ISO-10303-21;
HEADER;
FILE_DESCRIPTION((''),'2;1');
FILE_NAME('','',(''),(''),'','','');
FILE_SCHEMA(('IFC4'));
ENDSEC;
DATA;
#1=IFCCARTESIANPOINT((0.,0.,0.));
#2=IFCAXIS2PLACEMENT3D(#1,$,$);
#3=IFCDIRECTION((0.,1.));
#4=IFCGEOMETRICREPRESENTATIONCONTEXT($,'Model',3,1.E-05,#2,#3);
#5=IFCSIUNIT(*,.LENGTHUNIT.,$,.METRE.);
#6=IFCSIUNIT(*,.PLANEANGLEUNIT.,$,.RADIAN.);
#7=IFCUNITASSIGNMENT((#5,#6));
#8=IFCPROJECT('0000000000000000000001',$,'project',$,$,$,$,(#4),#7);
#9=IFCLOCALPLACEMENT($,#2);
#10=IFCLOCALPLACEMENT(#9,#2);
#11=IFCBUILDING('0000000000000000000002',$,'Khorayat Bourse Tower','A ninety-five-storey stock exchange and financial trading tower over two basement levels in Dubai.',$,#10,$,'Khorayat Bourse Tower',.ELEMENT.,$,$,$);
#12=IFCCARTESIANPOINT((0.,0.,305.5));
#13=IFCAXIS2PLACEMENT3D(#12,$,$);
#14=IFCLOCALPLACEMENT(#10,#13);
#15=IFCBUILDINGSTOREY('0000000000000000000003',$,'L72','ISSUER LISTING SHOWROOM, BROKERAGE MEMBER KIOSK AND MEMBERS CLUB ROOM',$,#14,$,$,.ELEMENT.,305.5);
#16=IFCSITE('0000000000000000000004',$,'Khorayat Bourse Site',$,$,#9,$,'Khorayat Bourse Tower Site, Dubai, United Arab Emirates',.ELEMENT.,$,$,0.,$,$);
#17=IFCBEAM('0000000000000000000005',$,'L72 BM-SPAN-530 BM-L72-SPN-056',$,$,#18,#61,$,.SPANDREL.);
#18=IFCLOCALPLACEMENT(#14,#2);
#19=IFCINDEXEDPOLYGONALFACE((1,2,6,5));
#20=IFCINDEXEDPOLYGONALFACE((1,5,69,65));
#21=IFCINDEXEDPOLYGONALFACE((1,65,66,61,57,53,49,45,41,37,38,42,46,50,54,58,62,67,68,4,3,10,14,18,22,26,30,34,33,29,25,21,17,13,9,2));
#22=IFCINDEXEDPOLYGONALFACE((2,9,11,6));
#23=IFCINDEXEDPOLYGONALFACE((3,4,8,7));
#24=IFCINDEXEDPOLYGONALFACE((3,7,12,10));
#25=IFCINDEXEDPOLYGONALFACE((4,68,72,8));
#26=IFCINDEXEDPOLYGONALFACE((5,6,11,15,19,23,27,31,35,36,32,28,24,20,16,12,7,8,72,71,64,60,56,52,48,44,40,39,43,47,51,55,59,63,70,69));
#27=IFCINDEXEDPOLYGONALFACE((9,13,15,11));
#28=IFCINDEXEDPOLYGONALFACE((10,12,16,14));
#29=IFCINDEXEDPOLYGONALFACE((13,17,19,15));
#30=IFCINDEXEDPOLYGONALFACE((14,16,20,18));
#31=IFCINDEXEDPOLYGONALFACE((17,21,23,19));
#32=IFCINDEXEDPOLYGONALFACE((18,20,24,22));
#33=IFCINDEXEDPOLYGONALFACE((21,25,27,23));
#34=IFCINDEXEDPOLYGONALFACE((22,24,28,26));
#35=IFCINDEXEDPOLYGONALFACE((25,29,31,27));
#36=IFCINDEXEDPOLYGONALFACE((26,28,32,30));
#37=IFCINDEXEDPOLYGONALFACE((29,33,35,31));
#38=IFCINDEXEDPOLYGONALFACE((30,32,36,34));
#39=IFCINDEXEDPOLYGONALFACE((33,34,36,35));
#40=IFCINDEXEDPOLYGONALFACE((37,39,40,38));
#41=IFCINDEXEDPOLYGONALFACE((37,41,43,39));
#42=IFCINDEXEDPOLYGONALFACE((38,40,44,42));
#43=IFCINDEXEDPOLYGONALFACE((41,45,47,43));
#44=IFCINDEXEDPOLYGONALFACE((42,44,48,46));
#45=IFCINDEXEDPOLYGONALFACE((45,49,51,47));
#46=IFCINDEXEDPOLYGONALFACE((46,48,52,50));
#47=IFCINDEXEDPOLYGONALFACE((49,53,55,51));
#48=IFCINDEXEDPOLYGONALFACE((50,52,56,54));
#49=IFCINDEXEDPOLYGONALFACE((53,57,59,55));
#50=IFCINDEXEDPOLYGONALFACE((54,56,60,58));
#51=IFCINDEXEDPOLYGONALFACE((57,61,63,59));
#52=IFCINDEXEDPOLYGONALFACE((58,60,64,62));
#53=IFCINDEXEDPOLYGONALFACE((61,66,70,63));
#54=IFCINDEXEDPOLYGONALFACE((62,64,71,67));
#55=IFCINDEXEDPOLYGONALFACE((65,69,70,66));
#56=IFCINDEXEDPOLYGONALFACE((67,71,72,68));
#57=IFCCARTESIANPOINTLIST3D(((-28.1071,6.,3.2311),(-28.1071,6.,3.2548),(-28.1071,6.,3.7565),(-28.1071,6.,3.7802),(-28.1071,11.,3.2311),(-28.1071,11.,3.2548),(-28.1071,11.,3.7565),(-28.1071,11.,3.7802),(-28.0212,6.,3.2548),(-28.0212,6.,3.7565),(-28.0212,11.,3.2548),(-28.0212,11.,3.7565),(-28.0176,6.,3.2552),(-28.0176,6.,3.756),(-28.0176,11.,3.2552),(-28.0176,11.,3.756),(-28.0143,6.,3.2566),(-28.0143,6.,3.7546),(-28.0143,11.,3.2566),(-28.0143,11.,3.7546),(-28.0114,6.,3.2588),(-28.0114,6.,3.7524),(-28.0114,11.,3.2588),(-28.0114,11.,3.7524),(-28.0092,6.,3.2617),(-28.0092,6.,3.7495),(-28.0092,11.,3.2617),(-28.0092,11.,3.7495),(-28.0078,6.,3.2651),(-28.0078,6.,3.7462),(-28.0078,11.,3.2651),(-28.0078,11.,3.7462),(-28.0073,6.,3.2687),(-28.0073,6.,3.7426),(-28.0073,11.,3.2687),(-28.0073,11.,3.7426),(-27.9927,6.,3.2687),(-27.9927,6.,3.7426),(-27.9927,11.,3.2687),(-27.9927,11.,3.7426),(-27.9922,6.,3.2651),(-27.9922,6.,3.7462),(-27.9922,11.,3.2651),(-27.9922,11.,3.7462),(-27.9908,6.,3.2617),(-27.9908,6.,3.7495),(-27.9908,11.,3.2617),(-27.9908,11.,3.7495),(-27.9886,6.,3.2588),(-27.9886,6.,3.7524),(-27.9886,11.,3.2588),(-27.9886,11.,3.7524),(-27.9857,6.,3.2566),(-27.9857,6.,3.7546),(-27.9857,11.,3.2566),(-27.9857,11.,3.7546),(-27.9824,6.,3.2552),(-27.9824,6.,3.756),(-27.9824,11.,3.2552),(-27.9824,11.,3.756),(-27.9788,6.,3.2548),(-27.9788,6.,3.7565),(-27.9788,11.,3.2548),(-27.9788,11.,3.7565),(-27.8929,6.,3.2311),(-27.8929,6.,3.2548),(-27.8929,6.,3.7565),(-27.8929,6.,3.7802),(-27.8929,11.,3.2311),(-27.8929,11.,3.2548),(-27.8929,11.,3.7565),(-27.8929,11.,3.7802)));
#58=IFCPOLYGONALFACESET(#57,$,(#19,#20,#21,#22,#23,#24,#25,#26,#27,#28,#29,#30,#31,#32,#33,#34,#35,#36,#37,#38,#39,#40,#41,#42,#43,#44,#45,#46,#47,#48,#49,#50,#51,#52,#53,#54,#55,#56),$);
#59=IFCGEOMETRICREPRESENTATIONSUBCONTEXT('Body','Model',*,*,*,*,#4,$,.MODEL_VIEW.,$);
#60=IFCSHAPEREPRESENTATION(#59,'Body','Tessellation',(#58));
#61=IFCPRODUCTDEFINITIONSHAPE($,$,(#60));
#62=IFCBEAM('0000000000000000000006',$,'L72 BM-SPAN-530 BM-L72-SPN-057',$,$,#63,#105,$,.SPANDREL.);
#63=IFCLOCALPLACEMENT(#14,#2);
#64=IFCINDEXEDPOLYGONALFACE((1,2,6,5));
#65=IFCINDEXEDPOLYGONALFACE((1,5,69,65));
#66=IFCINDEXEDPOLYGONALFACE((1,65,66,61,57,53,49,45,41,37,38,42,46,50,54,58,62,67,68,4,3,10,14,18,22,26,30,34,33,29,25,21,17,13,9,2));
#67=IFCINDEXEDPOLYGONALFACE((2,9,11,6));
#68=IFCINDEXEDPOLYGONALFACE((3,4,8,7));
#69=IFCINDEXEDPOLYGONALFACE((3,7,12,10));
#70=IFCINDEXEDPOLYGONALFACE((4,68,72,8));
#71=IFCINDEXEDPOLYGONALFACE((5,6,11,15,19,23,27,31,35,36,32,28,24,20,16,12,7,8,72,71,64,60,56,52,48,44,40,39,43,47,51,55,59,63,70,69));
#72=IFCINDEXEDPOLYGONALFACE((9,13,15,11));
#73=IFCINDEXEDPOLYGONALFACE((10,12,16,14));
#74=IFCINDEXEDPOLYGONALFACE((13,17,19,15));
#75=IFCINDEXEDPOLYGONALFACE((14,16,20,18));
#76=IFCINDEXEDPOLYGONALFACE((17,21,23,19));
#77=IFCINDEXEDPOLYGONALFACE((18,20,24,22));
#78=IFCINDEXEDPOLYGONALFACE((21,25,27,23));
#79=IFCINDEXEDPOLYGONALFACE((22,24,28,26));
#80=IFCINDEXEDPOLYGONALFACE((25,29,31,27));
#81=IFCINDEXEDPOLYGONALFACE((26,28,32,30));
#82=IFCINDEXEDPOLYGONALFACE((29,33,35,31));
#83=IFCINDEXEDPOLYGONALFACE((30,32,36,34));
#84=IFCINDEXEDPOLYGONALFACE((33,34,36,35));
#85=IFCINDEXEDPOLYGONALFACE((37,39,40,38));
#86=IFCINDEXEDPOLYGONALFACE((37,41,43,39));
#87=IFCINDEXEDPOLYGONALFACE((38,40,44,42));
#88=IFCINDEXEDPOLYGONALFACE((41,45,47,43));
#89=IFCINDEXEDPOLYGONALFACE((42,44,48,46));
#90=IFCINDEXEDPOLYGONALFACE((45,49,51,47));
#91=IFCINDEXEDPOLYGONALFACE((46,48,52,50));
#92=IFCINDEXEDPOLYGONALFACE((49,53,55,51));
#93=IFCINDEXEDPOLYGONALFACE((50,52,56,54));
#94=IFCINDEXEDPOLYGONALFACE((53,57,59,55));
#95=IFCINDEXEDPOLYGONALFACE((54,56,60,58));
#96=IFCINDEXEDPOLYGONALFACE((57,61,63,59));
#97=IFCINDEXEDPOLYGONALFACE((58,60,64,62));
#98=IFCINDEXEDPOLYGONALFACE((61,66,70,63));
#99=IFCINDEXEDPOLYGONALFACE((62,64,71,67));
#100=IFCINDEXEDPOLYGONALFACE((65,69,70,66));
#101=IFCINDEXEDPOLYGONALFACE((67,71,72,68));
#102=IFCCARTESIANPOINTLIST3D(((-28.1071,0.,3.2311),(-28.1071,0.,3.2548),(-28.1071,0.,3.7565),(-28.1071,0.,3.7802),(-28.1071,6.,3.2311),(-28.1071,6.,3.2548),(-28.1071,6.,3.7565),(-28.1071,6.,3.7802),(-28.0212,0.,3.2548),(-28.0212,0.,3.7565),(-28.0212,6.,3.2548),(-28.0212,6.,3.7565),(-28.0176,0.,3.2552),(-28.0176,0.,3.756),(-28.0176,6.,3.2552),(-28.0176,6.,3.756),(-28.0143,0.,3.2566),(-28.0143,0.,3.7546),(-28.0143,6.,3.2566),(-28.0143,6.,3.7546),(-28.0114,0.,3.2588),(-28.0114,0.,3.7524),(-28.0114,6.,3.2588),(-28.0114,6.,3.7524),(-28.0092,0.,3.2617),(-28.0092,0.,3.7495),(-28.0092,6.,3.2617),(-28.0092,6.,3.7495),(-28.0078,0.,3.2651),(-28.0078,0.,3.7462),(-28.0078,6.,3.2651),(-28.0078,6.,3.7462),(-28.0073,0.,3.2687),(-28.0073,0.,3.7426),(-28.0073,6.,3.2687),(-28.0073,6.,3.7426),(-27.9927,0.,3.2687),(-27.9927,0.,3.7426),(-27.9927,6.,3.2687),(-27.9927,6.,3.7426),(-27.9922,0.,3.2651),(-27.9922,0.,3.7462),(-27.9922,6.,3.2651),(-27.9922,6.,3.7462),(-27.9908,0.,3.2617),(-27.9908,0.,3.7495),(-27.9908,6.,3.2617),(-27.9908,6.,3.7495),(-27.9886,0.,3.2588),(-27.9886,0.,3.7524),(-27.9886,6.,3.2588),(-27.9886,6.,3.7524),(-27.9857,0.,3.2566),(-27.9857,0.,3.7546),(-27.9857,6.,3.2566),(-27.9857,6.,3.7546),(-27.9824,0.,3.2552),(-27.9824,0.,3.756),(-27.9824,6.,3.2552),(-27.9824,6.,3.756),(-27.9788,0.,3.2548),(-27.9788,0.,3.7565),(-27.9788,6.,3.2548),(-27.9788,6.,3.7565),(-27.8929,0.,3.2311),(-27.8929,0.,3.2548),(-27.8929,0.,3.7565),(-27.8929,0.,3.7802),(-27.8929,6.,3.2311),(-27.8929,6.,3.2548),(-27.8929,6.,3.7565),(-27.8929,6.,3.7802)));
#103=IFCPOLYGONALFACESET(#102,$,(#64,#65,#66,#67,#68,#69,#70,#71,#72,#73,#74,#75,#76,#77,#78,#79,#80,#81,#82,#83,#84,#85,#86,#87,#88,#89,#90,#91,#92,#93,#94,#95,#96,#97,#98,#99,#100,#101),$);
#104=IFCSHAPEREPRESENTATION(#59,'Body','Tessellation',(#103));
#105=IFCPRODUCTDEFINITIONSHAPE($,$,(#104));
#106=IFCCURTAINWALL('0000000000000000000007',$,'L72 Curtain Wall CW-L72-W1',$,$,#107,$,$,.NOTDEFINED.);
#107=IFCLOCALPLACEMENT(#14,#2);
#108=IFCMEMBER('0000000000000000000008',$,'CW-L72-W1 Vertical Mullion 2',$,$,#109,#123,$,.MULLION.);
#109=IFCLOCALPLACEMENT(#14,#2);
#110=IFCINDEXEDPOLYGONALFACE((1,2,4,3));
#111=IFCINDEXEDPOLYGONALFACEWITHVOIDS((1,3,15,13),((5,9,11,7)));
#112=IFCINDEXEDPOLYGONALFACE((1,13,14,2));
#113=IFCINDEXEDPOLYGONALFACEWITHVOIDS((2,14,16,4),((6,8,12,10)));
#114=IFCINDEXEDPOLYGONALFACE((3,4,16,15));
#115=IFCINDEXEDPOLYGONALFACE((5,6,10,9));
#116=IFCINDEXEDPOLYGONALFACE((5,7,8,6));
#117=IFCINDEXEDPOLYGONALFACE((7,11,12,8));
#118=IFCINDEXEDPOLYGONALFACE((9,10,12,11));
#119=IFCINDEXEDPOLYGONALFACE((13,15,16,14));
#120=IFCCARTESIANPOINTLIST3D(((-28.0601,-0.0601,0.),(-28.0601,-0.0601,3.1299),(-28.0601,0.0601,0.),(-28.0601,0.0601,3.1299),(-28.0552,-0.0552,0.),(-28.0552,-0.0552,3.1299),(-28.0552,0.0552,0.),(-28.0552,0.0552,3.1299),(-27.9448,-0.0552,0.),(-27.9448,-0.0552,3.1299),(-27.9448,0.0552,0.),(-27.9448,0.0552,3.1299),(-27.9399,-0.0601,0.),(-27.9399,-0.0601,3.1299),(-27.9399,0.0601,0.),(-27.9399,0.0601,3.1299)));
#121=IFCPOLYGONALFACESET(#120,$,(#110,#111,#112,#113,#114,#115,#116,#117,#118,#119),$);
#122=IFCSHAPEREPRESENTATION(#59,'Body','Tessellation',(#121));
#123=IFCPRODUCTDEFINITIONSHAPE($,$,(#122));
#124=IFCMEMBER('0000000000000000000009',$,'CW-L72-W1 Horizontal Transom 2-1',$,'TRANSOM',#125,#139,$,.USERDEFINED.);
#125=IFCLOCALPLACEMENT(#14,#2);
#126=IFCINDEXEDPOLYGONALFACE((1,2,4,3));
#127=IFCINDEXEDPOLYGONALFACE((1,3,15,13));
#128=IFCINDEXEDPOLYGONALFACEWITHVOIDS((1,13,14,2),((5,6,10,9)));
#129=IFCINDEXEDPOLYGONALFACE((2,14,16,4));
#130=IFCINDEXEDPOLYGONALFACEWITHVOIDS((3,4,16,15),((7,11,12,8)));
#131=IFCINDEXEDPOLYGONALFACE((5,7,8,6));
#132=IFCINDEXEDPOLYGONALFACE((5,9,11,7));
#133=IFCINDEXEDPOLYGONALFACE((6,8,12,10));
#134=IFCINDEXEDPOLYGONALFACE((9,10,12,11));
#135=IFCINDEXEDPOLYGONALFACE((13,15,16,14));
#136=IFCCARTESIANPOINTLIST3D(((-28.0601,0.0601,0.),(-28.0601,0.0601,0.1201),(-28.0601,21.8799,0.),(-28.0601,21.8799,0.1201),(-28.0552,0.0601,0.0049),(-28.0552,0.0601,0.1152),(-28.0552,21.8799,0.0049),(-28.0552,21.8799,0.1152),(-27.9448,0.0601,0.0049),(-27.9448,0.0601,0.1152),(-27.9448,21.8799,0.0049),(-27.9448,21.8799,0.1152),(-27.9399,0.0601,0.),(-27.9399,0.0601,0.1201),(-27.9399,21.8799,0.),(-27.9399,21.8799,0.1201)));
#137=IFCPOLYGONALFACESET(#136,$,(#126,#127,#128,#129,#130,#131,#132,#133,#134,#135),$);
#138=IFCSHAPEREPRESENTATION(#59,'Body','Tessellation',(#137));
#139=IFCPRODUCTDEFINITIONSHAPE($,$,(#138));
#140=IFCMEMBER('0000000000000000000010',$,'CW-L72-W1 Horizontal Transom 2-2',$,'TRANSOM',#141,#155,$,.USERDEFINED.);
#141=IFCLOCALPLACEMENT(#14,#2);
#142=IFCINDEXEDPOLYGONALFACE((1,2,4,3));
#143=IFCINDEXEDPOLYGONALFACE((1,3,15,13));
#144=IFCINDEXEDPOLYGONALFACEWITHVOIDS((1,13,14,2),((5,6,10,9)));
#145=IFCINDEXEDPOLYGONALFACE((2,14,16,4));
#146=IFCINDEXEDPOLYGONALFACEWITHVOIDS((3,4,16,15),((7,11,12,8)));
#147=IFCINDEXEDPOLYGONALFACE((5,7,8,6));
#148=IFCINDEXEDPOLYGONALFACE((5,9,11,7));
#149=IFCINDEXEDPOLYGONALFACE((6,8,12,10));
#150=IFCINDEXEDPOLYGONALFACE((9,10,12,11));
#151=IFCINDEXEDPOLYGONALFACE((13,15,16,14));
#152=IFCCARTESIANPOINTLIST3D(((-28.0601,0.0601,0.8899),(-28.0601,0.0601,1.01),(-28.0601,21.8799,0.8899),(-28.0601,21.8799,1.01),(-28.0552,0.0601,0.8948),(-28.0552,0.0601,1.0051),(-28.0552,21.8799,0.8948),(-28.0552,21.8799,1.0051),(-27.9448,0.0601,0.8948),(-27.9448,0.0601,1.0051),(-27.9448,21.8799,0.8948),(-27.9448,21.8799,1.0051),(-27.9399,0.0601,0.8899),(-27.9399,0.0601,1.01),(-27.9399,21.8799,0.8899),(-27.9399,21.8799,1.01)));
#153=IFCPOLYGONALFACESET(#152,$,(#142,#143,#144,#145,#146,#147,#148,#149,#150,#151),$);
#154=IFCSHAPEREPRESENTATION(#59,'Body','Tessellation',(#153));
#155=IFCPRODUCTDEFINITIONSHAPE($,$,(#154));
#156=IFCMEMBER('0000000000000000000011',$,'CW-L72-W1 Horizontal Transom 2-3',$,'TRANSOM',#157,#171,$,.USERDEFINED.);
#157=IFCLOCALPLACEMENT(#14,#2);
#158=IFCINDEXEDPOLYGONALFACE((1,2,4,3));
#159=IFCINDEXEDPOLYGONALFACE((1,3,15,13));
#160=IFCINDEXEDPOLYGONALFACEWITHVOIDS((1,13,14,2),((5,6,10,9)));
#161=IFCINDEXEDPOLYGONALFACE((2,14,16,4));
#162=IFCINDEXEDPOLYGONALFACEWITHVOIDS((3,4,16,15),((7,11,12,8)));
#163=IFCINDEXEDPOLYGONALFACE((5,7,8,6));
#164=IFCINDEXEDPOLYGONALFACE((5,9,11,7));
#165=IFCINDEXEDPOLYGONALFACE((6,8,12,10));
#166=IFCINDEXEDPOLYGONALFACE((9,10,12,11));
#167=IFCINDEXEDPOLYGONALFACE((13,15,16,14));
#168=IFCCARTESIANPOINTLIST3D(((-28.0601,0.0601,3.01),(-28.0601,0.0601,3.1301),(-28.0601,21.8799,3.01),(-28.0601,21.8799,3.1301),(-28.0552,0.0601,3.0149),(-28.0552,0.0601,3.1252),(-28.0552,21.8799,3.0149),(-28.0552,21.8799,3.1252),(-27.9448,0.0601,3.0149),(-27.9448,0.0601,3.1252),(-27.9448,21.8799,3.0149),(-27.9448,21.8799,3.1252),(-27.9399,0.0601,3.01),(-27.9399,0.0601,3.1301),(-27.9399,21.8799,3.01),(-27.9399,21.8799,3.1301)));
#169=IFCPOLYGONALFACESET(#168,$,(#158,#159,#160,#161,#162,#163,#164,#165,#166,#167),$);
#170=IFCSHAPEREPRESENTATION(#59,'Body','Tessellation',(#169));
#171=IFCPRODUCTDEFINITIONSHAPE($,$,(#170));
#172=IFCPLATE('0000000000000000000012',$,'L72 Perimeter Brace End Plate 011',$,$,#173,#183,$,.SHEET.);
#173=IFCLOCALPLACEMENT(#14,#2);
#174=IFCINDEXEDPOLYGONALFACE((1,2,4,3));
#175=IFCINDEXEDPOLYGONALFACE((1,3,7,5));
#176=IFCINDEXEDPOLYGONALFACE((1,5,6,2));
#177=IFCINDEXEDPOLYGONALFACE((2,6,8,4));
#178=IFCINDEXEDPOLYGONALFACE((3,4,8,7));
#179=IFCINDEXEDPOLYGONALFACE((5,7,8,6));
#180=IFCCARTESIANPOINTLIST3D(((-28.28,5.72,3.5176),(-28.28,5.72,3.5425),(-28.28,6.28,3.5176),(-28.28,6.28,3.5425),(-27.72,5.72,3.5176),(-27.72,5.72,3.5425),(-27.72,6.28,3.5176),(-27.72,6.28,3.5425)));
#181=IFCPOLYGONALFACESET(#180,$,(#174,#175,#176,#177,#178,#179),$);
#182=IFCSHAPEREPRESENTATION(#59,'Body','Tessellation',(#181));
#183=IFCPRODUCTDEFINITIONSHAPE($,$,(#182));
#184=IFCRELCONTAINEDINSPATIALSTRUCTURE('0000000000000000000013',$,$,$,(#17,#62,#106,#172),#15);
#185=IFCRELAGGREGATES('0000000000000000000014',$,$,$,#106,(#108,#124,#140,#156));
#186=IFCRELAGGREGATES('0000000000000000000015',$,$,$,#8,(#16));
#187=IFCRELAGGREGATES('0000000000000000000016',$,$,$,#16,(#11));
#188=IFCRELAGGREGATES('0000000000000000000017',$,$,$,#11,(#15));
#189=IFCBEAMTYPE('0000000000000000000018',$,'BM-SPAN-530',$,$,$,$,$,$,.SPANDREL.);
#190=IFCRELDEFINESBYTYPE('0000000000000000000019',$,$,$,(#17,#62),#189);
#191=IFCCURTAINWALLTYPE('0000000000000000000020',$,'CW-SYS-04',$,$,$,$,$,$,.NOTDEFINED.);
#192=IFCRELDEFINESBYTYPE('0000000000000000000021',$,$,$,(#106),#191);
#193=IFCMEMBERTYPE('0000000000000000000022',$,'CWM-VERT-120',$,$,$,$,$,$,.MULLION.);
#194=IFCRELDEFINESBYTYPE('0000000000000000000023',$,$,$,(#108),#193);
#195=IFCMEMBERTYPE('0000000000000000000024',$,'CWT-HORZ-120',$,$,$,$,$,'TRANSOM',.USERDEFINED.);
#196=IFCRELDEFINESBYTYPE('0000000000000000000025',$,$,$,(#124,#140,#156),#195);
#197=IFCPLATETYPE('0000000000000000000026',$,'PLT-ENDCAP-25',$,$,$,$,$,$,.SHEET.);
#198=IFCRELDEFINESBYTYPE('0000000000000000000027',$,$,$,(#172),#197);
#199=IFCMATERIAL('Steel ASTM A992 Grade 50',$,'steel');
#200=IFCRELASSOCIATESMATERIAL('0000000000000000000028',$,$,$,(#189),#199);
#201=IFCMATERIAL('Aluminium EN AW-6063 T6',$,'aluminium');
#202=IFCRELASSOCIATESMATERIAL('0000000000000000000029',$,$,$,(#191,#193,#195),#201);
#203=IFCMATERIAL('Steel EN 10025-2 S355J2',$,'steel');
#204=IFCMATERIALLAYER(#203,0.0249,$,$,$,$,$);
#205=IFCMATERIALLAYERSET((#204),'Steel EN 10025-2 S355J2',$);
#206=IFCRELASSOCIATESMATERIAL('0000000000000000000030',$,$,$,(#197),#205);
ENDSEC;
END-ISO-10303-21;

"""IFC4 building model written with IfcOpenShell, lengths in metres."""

from ifc_helpers import new_model, si_unit, direction, frame, origin, origin_2d, place, context, subcontext, project, spatial, rectangle, hollow_rectangle, i_section, extrude, source, transform, mapped, material, layer, layer_set, material_profile, profile_set, type_object, element, aggregate, save


model = new_model("IFC4")

# Units and contexts
model_context = context("Model", 3, precision=1e-05, world=origin(), true_north=direction((0.0, 1.0)))
body_context = subcontext(model_context, "Body", "Model", "MODEL_VIEW")
ifc_project = project(units=[si_unit("LENGTHUNIT", "METRE"), si_unit("PLANEANGLEUNIT", "RADIAN")], contexts=[model_context])

# Site, building, storey
site_placement = place(None, origin())
site = spatial("IfcSite", under=ifc_project, at=site_placement, Name="Khorayat Bourse Site", LongName="Khorayat Bourse Tower Site, Dubai, United Arab Emirates", CompositionType="ELEMENT", RefElevation=0.0)
building_placement = place(site_placement, origin())
building = spatial("IfcBuilding", under=site, at=building_placement, Name="Khorayat Bourse Tower", Description="A ninety-five-storey stock exchange and financial trading tower over two basement levels in Dubai.", LongName="Khorayat Bourse Tower", CompositionType="ELEMENT")
storey_placement = place(building_placement, frame((0.0, 0.0, 305.5)))
storey = spatial("IfcBuildingStorey", under=building, at=storey_placement, Name="L72", Description="ISSUER LISTING SHOWROOM, BROKERAGE MEMBER KIOSK AND MEMBERS CLUB ROOM", CompositionType="ELEMENT", Elevation=305.5)

# Beams
ifc_material_1 = material(Name="Steel ASTM A992 Grade 50", Category="steel")
ifc_material_profile_1 = material_profile(ifc_material_1, i_section(OverallWidth=0.2141, OverallDepth=0.5491, WebThickness=0.0146, FlangeThickness=0.0237, FilletRadius=0.0139, at=origin_2d()), Name="W530X138")
ifc_profile_set_1 = profile_set([ifc_material_profile_1], Name="Steel ASTM A992 Grade 50")
beam_type_1 = type_object("IfcBeamType", Name="BM-SPAN-530", PredefinedType="SPANDREL", material=ifc_profile_set_1)
shared_shape_1 = source(origin(), body_context, "Body", "SweptSolid", [
    extrude(i_section(OverallWidth=0.2141, OverallDepth=0.5491, WebThickness=0.0146, FlangeThickness=0.0237, FilletRadius=0.0139, at=origin_2d()), origin(), (0.0, 0.0, 1.0), 5.0),
])
beam_1_placement = place(storey_placement, frame((-28.0, 6.0, 3.5056), z_axis=(0.0, 1.0, 0.0), x_axis=(-1.0, 0.0, 0.0)))
element("IfcBeam", 1, at=beam_1_placement, inside=storey, type_object=beam_type_1, Name="L72 BM-SPAN-530 BM-L72-SPN-056", PredefinedType="SPANDREL", context=body_context, shape_type="MappedRepresentation", body=[
    mapped(shared_shape_1, transform((0.0, 0.0, 0.0), scale=1.0)),
])
shared_shape_2 = source(origin(), body_context, "Body", "SweptSolid", [
    extrude(i_section(OverallWidth=0.2141, OverallDepth=0.5491, WebThickness=0.0146, FlangeThickness=0.0237, FilletRadius=0.0139, at=origin_2d()), origin(), (0.0, 0.0, 1.0), 6.0),
])
beam_2_placement = place(storey_placement, frame((-28.0, 0.0, 3.5056), z_axis=(0.0, 1.0, 0.0), x_axis=(-1.0, 0.0, 0.0)))
element("IfcBeam", 2, at=beam_2_placement, inside=storey, type_object=beam_type_1, Name="L72 BM-SPAN-530 BM-L72-SPN-057", PredefinedType="SPANDREL", context=body_context, shape_type="MappedRepresentation", body=[
    mapped(shared_shape_2, transform((0.0, 0.0, 0.0), scale=1.0)),
])

# Curtain wall, members
ifc_material_2 = material(Name="Aluminium EN AW-6063 T6", Category="aluminium")
curtain_wall_type = type_object("IfcCurtainWallType", Name="CW-SYS-04", PredefinedType="NOTDEFINED", material=ifc_material_2)
curtain_wall_placement = place(storey_placement, origin())
curtain_wall = element("IfcCurtainWall", 3, at=curtain_wall_placement, inside=storey, type_object=curtain_wall_type, Name="L72 Curtain Wall CW-L72-W1", PredefinedType="NOTDEFINED")
ifc_material_profile_2 = material_profile(ifc_material_2, hollow_rectangle(XDim=0.1201, YDim=0.1201, WallThickness=0.0049, at=origin_2d()), Name="ALU 120x120x5")
ifc_profile_set_2 = profile_set([ifc_material_profile_2], Name="Aluminium EN AW-6063 T6")
member_type_1 = type_object("IfcMemberType", Name="CWM-VERT-120", PredefinedType="MULLION", material=ifc_profile_set_2)
shared_shape_3 = source(origin(), body_context, "Body", "SweptSolid", [
    extrude(hollow_rectangle(XDim=0.1201, YDim=0.1201, WallThickness=0.0049, at=origin_2d()), origin(), (0.0, 0.0, 1.0), 3.1299),
])
member_1_placement = place(storey_placement, frame((-28.0, 0.0, 0.0), z_axis=(0.0, 0.0, 1.0), x_axis=(-1.0, 0.0, 0.0)))
member_1 = element("IfcMember", 4, at=member_1_placement, type_object=member_type_1, Name="CW-L72-W1 Vertical Mullion 2", PredefinedType="MULLION", context=body_context, shape_type="MappedRepresentation", body=[
    mapped(shared_shape_3, transform((0.0, 0.0, 0.0), scale=1.0)),
])
ifc_material_profile_3 = material_profile(ifc_material_2, hollow_rectangle(XDim=0.1201, YDim=0.1201, WallThickness=0.0049, at=origin_2d()), Name="ALU 120x120x5")
ifc_profile_set_3 = profile_set([ifc_material_profile_3], Name="Aluminium EN AW-6063 T6")
member_type_2 = type_object("IfcMemberType", Name="CWT-HORZ-120", ElementType="TRANSOM", PredefinedType="USERDEFINED", material=ifc_profile_set_3)
shared_shape_4 = source(origin(), body_context, "Body", "SweptSolid", [
    extrude(hollow_rectangle(XDim=0.1201, YDim=0.1201, WallThickness=0.0049, at=origin_2d()), origin(), (0.0, 0.0, 1.0), 21.8198),
])
member_2_placement = place(storey_placement, frame((-28.0, 0.0601, 0.0601), z_axis=(0.0, 1.0, 0.0), x_axis=(-1.0, 0.0, 0.0)))
member_2 = element("IfcMember", 5, at=member_2_placement, type_object=member_type_2, Name="CW-L72-W1 Horizontal Transom 2-1", ObjectType="TRANSOM", PredefinedType="USERDEFINED", context=body_context, shape_type="MappedRepresentation", body=[
    mapped(shared_shape_4, transform((0.0, 0.0, 0.0), scale=1.0)),
])
member_3_placement = place(storey_placement, frame((-28.0, 0.0601, 0.95), z_axis=(0.0, 1.0, 0.0), x_axis=(-1.0, 0.0, 0.0)))
member_3 = element("IfcMember", 6, at=member_3_placement, type_object=member_type_2, Name="CW-L72-W1 Horizontal Transom 2-2", ObjectType="TRANSOM", PredefinedType="USERDEFINED", context=body_context, shape_type="MappedRepresentation", body=[
    mapped(shared_shape_4, transform((0.0, 0.0, 0.0), scale=1.0)),
])
member_4_placement = place(storey_placement, frame((-28.0, 0.0601, 3.0701), z_axis=(0.0, 1.0, 0.0), x_axis=(-1.0, 0.0, 0.0)))
member_4 = element("IfcMember", 7, at=member_4_placement, type_object=member_type_2, Name="CW-L72-W1 Horizontal Transom 2-3", ObjectType="TRANSOM", PredefinedType="USERDEFINED", context=body_context, shape_type="MappedRepresentation", body=[
    mapped(shared_shape_4, transform((0.0, 0.0, 0.0), scale=1.0)),
])

# Plate
ifc_material_3 = material(Name="Steel EN 10025-2 S355J2", Category="steel")
ifc_layer_1 = layer(ifc_material_3, 0.0249)
ifc_layer_set_1 = layer_set([ifc_layer_1], Name="Steel EN 10025-2 S355J2")
plate_type_1 = type_object("IfcPlateType", Name="PLT-ENDCAP-25", PredefinedType="SHEET", material=ifc_layer_set_1)
shared_shape_5 = source(origin(), body_context, "Body", "SweptSolid", [
    extrude(rectangle(XDim=0.5601, YDim=0.5601, at=origin_2d()), origin(), (0.0, 0.0, 1.0), 0.0249),
])
for number, where, z_axis, x_axis, name in (
    (8, (-28.0, 6.0, 3.5176), (0.0, 0.0, 1.0), (1.0, 0.0, 0.0), "L72 Perimeter Brace End Plate 011"),
):
    element("IfcPlate", number, at=place(storey_placement, frame(where, z_axis=z_axis, x_axis=x_axis)), inside=storey, type_object=plate_type_1, Name=name, PredefinedType="SHEET", context=body_context, shape_type="MappedRepresentation", body=[
        mapped(shared_shape_5, transform((0.0, 0.0, 0.0), scale=1.0)),
    ])

aggregate(curtain_wall, [member_1, member_2, member_3, member_4])

save(model, "model.ifc")
